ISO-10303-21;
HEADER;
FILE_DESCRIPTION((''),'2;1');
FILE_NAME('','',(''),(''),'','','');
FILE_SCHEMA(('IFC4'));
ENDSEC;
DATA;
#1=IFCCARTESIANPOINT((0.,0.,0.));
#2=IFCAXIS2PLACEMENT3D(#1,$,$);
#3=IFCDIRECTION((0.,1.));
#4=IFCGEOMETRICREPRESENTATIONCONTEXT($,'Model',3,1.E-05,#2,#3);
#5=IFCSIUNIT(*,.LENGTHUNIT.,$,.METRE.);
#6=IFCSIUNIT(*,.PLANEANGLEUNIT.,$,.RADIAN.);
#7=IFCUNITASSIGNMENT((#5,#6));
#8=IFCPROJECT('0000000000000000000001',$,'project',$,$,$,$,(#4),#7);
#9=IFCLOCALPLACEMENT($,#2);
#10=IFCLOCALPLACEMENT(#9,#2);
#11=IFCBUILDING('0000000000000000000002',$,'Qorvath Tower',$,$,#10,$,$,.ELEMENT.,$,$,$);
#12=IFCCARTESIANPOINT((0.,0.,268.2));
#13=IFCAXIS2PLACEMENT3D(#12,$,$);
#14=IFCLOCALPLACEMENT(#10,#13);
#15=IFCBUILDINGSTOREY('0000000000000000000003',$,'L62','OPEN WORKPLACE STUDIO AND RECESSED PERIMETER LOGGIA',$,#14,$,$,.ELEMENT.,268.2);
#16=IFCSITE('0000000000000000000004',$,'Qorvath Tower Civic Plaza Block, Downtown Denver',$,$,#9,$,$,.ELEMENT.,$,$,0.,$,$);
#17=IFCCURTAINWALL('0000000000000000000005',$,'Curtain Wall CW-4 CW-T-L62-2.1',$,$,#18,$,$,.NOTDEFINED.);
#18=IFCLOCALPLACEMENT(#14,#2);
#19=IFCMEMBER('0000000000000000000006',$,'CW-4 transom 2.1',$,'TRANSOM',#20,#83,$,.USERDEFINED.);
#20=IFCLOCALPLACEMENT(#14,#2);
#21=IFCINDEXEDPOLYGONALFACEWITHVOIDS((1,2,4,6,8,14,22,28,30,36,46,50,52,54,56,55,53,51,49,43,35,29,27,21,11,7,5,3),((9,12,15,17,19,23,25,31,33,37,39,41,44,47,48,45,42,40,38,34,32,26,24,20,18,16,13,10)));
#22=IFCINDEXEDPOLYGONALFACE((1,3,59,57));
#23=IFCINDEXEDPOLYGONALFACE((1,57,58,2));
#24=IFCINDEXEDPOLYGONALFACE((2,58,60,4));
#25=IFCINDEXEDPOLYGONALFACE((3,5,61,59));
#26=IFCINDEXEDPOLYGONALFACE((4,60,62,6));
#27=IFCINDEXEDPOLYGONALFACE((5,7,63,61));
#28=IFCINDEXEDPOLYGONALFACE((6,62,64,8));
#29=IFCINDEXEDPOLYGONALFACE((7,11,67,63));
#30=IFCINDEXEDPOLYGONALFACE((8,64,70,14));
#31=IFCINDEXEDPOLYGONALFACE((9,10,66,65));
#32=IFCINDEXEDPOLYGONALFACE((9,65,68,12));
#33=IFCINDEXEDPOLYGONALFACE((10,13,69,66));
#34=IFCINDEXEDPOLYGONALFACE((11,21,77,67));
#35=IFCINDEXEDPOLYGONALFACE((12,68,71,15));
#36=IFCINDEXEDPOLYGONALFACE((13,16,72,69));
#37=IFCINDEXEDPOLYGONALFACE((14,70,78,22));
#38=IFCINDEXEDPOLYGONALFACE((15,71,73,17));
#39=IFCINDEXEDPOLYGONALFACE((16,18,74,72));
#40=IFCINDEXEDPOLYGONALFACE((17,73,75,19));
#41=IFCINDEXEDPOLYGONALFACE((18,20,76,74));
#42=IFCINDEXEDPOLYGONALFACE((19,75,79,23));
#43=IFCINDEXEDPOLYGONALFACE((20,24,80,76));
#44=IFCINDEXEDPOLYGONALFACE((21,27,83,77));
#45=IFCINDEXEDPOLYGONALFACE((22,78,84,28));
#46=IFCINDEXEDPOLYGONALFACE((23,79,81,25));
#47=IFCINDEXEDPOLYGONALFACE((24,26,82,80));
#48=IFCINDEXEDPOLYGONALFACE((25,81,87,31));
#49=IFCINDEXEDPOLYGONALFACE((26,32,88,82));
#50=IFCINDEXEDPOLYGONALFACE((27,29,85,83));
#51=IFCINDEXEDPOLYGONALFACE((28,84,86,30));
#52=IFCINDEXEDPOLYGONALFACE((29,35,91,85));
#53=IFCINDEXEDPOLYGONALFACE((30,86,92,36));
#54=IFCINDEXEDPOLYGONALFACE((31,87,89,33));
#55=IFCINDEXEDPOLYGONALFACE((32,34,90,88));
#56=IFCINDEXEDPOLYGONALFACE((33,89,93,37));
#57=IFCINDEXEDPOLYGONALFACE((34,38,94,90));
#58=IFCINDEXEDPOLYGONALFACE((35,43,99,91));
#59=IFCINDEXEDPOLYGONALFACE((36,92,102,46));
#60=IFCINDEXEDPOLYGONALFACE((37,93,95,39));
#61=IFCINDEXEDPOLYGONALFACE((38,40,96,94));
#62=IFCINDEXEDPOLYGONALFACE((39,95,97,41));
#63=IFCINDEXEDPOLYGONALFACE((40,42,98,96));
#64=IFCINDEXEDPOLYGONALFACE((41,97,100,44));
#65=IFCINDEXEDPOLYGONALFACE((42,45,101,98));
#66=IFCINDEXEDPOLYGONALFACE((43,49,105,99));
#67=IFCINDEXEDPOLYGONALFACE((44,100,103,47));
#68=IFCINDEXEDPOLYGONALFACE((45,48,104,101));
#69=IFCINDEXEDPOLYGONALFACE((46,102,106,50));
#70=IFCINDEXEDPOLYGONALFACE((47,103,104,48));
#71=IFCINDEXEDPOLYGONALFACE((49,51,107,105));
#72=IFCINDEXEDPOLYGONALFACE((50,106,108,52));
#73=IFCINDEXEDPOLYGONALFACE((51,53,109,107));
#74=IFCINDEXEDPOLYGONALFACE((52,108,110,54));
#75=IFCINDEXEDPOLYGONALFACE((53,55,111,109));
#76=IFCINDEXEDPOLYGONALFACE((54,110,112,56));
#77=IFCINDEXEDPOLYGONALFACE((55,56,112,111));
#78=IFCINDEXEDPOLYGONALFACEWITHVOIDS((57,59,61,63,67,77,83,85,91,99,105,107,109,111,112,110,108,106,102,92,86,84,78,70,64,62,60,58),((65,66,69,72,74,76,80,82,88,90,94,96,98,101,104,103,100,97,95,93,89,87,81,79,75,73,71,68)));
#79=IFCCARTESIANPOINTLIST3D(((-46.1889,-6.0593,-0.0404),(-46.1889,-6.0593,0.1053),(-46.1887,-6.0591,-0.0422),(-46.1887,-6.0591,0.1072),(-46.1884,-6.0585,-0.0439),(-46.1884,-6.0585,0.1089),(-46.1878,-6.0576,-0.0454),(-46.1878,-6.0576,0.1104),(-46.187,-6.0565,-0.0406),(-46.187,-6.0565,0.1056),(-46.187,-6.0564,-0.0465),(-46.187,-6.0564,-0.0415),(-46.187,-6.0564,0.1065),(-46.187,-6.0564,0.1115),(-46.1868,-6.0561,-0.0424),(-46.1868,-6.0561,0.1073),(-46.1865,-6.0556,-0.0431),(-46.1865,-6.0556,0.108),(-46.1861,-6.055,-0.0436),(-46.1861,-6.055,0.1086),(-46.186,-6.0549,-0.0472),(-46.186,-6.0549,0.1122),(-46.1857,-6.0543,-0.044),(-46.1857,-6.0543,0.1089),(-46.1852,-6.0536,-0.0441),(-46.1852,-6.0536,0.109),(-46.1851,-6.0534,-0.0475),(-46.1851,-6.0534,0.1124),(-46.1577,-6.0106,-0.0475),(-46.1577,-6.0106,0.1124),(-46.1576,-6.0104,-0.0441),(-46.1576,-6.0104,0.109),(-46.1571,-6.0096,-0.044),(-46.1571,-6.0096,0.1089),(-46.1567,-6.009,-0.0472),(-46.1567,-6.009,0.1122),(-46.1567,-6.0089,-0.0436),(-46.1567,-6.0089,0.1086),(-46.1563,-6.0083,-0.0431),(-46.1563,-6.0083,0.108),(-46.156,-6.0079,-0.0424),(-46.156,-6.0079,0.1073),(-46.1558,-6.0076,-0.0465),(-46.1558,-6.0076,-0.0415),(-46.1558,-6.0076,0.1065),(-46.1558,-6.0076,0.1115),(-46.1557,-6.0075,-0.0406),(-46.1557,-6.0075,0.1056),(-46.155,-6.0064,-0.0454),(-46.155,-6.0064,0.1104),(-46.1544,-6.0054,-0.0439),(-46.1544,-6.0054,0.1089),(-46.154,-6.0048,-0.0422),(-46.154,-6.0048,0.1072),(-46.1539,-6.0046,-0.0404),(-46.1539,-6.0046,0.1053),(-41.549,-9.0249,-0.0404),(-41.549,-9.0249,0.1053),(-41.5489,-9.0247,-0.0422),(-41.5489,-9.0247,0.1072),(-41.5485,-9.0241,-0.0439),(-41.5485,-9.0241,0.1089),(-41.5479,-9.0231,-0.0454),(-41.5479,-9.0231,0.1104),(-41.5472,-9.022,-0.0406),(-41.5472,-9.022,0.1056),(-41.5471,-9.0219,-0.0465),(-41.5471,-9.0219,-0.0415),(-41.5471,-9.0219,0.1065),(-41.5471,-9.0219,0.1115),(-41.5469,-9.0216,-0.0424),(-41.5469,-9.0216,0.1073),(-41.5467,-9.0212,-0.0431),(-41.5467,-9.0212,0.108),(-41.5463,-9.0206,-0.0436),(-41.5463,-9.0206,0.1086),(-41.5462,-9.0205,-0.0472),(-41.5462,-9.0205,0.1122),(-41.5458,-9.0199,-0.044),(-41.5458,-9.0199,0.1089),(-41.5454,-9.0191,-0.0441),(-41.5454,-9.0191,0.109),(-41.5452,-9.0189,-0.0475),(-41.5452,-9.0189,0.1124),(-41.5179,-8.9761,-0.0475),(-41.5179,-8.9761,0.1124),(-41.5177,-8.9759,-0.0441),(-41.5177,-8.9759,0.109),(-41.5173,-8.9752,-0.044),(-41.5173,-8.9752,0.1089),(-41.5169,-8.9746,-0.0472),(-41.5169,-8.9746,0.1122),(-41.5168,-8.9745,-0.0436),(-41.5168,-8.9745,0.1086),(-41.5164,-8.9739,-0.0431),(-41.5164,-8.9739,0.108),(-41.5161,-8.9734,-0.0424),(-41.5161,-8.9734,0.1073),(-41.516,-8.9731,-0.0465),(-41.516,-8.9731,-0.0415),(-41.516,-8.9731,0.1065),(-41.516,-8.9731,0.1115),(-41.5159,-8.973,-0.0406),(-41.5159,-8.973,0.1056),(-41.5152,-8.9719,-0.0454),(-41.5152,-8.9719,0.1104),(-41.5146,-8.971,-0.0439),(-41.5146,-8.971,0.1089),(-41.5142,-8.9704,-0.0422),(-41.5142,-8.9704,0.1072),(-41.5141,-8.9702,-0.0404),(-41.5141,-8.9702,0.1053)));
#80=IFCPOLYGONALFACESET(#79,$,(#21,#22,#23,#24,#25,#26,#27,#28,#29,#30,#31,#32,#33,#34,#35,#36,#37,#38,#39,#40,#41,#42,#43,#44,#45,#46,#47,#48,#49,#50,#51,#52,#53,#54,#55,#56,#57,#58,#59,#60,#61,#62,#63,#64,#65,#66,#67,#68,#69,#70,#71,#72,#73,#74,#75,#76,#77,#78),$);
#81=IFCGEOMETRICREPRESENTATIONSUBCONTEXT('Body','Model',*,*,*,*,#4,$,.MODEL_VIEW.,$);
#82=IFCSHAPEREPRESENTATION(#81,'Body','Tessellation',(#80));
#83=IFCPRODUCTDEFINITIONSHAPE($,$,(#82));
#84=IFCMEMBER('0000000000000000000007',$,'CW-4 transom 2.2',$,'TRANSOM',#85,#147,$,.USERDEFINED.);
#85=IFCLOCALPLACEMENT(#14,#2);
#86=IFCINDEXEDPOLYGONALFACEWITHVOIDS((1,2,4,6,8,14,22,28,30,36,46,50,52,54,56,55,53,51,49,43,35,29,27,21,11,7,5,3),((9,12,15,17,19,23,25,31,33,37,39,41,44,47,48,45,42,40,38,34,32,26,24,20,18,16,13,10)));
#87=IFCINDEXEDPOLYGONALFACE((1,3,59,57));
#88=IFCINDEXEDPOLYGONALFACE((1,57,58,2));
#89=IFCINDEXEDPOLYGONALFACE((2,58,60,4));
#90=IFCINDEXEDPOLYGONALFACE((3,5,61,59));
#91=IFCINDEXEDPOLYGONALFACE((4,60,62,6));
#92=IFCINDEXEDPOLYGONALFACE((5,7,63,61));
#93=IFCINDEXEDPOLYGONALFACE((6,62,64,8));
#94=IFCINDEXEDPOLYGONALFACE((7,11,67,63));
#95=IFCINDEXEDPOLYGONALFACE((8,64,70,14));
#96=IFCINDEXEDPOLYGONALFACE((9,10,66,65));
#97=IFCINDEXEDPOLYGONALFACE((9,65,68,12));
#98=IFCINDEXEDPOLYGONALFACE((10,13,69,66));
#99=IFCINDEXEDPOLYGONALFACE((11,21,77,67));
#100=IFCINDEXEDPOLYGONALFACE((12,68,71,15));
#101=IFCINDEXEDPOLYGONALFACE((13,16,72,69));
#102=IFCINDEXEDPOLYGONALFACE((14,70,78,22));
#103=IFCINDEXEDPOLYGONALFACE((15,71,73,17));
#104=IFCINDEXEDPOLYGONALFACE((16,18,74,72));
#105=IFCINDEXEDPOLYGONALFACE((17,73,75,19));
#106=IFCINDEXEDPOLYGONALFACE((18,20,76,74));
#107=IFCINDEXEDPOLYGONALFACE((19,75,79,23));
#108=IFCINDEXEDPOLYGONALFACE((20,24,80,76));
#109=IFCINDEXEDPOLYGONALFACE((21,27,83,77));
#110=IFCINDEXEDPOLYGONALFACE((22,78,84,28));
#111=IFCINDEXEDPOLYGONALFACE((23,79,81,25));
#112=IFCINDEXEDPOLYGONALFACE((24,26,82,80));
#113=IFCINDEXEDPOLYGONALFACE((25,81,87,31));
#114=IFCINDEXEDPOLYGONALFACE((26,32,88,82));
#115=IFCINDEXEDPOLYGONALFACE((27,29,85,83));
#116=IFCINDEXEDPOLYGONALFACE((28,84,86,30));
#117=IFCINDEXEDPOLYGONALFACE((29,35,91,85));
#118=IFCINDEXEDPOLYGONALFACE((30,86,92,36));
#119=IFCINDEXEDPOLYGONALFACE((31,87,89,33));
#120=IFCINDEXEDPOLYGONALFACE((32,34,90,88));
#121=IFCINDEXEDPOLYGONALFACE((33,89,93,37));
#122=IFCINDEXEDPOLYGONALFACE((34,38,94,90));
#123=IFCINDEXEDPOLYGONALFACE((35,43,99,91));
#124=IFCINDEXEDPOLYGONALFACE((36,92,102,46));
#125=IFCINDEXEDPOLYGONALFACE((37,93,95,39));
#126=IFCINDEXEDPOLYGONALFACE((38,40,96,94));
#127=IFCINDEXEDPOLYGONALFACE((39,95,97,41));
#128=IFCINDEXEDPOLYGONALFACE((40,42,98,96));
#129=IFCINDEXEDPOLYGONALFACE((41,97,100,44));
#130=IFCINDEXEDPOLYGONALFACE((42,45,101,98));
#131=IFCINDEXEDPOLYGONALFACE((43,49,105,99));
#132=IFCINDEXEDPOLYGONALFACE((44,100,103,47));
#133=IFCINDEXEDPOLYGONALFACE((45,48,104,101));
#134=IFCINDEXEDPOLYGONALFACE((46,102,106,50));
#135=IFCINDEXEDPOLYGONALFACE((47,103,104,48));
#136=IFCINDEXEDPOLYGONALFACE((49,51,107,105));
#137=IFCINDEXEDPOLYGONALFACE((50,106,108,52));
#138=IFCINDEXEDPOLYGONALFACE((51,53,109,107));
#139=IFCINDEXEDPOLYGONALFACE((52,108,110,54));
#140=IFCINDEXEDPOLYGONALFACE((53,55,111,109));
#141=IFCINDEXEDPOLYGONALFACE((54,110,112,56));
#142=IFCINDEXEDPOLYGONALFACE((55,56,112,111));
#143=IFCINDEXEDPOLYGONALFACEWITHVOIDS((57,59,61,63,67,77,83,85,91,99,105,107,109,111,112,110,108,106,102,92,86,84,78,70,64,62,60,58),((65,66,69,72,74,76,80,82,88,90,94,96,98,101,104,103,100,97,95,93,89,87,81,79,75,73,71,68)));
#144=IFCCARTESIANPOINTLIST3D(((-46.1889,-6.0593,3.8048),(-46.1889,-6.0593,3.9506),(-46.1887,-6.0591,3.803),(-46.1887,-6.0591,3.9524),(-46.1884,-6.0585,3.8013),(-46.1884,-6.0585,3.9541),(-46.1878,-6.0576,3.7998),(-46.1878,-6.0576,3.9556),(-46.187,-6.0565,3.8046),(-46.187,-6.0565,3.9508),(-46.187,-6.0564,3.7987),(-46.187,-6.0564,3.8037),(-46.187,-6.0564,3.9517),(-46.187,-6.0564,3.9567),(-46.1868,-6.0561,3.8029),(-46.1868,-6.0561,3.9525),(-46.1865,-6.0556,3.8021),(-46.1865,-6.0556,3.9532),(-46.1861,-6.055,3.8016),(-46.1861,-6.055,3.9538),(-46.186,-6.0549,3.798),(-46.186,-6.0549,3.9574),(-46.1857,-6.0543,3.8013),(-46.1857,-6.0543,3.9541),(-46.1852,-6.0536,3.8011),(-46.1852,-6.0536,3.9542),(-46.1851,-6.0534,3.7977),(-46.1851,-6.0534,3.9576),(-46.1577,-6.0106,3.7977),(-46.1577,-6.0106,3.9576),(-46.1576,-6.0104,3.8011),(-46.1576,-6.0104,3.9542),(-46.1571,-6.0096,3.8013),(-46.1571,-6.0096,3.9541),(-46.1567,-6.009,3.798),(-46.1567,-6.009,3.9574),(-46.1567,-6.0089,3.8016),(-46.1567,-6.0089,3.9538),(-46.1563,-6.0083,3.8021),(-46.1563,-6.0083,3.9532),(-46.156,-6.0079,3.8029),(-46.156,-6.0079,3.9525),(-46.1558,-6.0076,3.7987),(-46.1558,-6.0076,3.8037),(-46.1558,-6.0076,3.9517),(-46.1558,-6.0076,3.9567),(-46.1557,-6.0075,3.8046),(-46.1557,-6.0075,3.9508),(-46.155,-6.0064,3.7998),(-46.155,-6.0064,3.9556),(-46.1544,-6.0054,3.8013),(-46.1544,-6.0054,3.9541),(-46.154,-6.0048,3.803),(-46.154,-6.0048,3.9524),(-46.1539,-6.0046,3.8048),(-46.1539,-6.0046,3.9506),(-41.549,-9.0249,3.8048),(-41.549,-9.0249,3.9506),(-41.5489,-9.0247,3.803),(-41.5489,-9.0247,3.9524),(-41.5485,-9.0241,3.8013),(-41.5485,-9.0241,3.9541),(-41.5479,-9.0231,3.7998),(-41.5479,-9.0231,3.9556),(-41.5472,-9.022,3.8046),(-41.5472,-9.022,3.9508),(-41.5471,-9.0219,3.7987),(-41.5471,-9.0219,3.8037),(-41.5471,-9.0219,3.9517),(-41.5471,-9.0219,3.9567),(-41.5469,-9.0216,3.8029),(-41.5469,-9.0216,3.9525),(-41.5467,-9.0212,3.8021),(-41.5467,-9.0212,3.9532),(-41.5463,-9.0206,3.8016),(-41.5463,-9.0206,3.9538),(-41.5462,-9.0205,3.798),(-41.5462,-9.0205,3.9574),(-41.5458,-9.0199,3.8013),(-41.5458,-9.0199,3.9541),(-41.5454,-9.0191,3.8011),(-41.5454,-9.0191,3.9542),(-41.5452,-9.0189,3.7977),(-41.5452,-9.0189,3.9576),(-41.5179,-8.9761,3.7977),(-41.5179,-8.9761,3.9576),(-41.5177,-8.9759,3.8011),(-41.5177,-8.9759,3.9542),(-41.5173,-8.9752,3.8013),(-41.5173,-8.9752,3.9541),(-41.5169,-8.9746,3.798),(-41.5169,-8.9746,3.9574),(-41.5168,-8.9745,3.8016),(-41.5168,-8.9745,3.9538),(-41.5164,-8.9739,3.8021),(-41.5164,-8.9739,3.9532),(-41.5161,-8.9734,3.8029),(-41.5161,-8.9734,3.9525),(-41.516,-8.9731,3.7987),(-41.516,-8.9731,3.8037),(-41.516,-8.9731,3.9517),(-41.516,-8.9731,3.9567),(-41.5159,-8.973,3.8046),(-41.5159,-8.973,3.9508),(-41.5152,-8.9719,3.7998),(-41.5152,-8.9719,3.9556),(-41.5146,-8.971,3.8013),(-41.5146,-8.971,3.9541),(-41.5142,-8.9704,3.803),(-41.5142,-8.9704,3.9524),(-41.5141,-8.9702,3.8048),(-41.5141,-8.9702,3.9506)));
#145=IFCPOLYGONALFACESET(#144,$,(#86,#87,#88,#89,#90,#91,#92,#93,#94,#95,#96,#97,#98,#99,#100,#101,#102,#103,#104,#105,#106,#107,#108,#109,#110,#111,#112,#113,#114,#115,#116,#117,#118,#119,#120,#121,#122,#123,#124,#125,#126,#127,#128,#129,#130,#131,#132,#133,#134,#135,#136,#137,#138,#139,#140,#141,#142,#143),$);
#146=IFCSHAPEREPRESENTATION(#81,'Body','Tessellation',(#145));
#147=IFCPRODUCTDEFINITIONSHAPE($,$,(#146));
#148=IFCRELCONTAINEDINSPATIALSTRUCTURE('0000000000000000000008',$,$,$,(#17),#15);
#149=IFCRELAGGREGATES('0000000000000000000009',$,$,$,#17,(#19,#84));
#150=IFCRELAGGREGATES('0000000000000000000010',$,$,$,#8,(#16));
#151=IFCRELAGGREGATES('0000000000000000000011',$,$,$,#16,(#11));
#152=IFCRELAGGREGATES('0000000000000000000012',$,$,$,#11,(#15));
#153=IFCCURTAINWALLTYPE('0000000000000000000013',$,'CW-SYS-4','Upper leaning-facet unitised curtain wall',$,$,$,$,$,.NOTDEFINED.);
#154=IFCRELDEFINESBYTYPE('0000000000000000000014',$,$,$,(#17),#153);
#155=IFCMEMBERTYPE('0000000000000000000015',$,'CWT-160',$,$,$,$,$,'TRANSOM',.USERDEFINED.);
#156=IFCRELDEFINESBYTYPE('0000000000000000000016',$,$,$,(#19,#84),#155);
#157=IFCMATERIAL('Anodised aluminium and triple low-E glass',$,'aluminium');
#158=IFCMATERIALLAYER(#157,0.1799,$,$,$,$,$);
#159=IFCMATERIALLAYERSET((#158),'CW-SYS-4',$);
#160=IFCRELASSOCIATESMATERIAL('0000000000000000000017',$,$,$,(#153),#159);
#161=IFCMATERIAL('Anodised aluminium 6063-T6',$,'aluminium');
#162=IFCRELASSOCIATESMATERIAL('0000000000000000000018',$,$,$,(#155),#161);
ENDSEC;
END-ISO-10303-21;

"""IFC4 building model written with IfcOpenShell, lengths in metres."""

from ifc_helpers import new_model, si_unit, direction, frame, origin, origin_2d, place, context, subcontext, project, spatial, hollow_rectangle, extrude, material, layer, layer_set, material_profile, profile_set, type_object, element, aggregate, save


model = new_model("IFC4")

# Units and contexts
model_context = context("Model", 3, precision=1e-05, world=origin(), true_north=direction((0.0, 1.0)))
body_context = subcontext(model_context, "Body", "Model", "MODEL_VIEW")
ifc_project = project(units=[si_unit("LENGTHUNIT", "METRE"), si_unit("PLANEANGLEUNIT", "RADIAN")], contexts=[model_context])

# Site, building, storey
site_placement = place(None, origin())
site = spatial("IfcSite", under=ifc_project, at=site_placement, Name="Qorvath Tower Civic Plaza Block, Downtown Denver", CompositionType="ELEMENT", RefElevation=0.0)
building_placement = place(site_placement, origin())
building = spatial("IfcBuilding", under=site, at=building_placement, Name="Qorvath Tower", CompositionType="ELEMENT")
storey_placement = place(building_placement, frame((0.0, 0.0, 268.2)))
storey = spatial("IfcBuildingStorey", under=building, at=storey_placement, Name="L62", Description="OPEN WORKPLACE STUDIO AND RECESSED PERIMETER LOGGIA", CompositionType="ELEMENT", Elevation=268.2)

# Curtain wall, members
ifc_material_1 = material(Name="Anodised aluminium and triple low-E glass", Category="aluminium")
ifc_layer_1 = layer(ifc_material_1, 0.1799)
ifc_layer_set_1 = layer_set([ifc_layer_1], Name="CW-SYS-4")
curtain_wall_type = type_object("IfcCurtainWallType", Name="CW-SYS-4", Description="Upper leaning-facet unitised curtain wall", PredefinedType="NOTDEFINED", material=ifc_layer_set_1)
curtain_wall_placement = place(storey_placement, origin())
curtain_wall = element("IfcCurtainWall", 1, at=curtain_wall_placement, inside=storey, type_object=curtain_wall_type, Name="Curtain Wall CW-4 CW-T-L62-2.1", PredefinedType="NOTDEFINED")
ifc_material_2 = material(Name="Anodised aluminium 6063-T6", Category="aluminium")
ifc_material_profile_1 = material_profile(ifc_material_2, hollow_rectangle(XDim=0.0649, YDim=0.1599, WallThickness=0.0034, InnerFilletRadius=0.0034, OuterFilletRadius=0.0071, at=origin_2d()), Name="CWT 160x65")
ifc_profile_set_1 = profile_set([ifc_material_profile_1], Name="Anodised aluminium 6063-T6")
member_type_1 = type_object("IfcMemberType", Name="CWT-160", ElementType="TRANSOM", PredefinedType="USERDEFINED", material=ifc_profile_set_1)
member_1_placement = place(storey_placement, frame((-46.1714, -6.032, 0.0325), z_axis=(0.842597, -0.538544, 0.0), x_axis=(0.538544, 0.842597, 0.0)))
member_1 = element("IfcMember", 2, at=member_1_placement, type_object=member_type_1, Name="CW-4 transom 2.1", ObjectType="TRANSOM", PredefinedType="USERDEFINED", context=body_context, shape_type="SweptSolid", body=[
    extrude(hollow_rectangle(XDim=0.0649, YDim=0.1599, WallThickness=0.0034, InnerFilletRadius=0.0034, OuterFilletRadius=0.0071, at=origin_2d()), origin(), (0.0, 0.0, 1.0), 5.5066),
])
member_2_placement = place(storey_placement, frame((-46.1714, -6.032, 3.8777), z_axis=(0.842597, -0.538544, 0.0), x_axis=(0.538544, 0.842597, 0.0)))
member_2 = element("IfcMember", 3, at=member_2_placement, type_object=member_type_1, Name="CW-4 transom 2.2", ObjectType="TRANSOM", PredefinedType="USERDEFINED", context=body_context, shape_type="SweptSolid", body=[
    extrude(hollow_rectangle(XDim=0.0649, YDim=0.1599, WallThickness=0.0034, InnerFilletRadius=0.0034, OuterFilletRadius=0.0071, at=origin_2d()), origin(), (0.0, 0.0, 1.0), 5.5066),
])
aggregate(curtain_wall, [member_1, member_2])

save(model, "model.ifc")
